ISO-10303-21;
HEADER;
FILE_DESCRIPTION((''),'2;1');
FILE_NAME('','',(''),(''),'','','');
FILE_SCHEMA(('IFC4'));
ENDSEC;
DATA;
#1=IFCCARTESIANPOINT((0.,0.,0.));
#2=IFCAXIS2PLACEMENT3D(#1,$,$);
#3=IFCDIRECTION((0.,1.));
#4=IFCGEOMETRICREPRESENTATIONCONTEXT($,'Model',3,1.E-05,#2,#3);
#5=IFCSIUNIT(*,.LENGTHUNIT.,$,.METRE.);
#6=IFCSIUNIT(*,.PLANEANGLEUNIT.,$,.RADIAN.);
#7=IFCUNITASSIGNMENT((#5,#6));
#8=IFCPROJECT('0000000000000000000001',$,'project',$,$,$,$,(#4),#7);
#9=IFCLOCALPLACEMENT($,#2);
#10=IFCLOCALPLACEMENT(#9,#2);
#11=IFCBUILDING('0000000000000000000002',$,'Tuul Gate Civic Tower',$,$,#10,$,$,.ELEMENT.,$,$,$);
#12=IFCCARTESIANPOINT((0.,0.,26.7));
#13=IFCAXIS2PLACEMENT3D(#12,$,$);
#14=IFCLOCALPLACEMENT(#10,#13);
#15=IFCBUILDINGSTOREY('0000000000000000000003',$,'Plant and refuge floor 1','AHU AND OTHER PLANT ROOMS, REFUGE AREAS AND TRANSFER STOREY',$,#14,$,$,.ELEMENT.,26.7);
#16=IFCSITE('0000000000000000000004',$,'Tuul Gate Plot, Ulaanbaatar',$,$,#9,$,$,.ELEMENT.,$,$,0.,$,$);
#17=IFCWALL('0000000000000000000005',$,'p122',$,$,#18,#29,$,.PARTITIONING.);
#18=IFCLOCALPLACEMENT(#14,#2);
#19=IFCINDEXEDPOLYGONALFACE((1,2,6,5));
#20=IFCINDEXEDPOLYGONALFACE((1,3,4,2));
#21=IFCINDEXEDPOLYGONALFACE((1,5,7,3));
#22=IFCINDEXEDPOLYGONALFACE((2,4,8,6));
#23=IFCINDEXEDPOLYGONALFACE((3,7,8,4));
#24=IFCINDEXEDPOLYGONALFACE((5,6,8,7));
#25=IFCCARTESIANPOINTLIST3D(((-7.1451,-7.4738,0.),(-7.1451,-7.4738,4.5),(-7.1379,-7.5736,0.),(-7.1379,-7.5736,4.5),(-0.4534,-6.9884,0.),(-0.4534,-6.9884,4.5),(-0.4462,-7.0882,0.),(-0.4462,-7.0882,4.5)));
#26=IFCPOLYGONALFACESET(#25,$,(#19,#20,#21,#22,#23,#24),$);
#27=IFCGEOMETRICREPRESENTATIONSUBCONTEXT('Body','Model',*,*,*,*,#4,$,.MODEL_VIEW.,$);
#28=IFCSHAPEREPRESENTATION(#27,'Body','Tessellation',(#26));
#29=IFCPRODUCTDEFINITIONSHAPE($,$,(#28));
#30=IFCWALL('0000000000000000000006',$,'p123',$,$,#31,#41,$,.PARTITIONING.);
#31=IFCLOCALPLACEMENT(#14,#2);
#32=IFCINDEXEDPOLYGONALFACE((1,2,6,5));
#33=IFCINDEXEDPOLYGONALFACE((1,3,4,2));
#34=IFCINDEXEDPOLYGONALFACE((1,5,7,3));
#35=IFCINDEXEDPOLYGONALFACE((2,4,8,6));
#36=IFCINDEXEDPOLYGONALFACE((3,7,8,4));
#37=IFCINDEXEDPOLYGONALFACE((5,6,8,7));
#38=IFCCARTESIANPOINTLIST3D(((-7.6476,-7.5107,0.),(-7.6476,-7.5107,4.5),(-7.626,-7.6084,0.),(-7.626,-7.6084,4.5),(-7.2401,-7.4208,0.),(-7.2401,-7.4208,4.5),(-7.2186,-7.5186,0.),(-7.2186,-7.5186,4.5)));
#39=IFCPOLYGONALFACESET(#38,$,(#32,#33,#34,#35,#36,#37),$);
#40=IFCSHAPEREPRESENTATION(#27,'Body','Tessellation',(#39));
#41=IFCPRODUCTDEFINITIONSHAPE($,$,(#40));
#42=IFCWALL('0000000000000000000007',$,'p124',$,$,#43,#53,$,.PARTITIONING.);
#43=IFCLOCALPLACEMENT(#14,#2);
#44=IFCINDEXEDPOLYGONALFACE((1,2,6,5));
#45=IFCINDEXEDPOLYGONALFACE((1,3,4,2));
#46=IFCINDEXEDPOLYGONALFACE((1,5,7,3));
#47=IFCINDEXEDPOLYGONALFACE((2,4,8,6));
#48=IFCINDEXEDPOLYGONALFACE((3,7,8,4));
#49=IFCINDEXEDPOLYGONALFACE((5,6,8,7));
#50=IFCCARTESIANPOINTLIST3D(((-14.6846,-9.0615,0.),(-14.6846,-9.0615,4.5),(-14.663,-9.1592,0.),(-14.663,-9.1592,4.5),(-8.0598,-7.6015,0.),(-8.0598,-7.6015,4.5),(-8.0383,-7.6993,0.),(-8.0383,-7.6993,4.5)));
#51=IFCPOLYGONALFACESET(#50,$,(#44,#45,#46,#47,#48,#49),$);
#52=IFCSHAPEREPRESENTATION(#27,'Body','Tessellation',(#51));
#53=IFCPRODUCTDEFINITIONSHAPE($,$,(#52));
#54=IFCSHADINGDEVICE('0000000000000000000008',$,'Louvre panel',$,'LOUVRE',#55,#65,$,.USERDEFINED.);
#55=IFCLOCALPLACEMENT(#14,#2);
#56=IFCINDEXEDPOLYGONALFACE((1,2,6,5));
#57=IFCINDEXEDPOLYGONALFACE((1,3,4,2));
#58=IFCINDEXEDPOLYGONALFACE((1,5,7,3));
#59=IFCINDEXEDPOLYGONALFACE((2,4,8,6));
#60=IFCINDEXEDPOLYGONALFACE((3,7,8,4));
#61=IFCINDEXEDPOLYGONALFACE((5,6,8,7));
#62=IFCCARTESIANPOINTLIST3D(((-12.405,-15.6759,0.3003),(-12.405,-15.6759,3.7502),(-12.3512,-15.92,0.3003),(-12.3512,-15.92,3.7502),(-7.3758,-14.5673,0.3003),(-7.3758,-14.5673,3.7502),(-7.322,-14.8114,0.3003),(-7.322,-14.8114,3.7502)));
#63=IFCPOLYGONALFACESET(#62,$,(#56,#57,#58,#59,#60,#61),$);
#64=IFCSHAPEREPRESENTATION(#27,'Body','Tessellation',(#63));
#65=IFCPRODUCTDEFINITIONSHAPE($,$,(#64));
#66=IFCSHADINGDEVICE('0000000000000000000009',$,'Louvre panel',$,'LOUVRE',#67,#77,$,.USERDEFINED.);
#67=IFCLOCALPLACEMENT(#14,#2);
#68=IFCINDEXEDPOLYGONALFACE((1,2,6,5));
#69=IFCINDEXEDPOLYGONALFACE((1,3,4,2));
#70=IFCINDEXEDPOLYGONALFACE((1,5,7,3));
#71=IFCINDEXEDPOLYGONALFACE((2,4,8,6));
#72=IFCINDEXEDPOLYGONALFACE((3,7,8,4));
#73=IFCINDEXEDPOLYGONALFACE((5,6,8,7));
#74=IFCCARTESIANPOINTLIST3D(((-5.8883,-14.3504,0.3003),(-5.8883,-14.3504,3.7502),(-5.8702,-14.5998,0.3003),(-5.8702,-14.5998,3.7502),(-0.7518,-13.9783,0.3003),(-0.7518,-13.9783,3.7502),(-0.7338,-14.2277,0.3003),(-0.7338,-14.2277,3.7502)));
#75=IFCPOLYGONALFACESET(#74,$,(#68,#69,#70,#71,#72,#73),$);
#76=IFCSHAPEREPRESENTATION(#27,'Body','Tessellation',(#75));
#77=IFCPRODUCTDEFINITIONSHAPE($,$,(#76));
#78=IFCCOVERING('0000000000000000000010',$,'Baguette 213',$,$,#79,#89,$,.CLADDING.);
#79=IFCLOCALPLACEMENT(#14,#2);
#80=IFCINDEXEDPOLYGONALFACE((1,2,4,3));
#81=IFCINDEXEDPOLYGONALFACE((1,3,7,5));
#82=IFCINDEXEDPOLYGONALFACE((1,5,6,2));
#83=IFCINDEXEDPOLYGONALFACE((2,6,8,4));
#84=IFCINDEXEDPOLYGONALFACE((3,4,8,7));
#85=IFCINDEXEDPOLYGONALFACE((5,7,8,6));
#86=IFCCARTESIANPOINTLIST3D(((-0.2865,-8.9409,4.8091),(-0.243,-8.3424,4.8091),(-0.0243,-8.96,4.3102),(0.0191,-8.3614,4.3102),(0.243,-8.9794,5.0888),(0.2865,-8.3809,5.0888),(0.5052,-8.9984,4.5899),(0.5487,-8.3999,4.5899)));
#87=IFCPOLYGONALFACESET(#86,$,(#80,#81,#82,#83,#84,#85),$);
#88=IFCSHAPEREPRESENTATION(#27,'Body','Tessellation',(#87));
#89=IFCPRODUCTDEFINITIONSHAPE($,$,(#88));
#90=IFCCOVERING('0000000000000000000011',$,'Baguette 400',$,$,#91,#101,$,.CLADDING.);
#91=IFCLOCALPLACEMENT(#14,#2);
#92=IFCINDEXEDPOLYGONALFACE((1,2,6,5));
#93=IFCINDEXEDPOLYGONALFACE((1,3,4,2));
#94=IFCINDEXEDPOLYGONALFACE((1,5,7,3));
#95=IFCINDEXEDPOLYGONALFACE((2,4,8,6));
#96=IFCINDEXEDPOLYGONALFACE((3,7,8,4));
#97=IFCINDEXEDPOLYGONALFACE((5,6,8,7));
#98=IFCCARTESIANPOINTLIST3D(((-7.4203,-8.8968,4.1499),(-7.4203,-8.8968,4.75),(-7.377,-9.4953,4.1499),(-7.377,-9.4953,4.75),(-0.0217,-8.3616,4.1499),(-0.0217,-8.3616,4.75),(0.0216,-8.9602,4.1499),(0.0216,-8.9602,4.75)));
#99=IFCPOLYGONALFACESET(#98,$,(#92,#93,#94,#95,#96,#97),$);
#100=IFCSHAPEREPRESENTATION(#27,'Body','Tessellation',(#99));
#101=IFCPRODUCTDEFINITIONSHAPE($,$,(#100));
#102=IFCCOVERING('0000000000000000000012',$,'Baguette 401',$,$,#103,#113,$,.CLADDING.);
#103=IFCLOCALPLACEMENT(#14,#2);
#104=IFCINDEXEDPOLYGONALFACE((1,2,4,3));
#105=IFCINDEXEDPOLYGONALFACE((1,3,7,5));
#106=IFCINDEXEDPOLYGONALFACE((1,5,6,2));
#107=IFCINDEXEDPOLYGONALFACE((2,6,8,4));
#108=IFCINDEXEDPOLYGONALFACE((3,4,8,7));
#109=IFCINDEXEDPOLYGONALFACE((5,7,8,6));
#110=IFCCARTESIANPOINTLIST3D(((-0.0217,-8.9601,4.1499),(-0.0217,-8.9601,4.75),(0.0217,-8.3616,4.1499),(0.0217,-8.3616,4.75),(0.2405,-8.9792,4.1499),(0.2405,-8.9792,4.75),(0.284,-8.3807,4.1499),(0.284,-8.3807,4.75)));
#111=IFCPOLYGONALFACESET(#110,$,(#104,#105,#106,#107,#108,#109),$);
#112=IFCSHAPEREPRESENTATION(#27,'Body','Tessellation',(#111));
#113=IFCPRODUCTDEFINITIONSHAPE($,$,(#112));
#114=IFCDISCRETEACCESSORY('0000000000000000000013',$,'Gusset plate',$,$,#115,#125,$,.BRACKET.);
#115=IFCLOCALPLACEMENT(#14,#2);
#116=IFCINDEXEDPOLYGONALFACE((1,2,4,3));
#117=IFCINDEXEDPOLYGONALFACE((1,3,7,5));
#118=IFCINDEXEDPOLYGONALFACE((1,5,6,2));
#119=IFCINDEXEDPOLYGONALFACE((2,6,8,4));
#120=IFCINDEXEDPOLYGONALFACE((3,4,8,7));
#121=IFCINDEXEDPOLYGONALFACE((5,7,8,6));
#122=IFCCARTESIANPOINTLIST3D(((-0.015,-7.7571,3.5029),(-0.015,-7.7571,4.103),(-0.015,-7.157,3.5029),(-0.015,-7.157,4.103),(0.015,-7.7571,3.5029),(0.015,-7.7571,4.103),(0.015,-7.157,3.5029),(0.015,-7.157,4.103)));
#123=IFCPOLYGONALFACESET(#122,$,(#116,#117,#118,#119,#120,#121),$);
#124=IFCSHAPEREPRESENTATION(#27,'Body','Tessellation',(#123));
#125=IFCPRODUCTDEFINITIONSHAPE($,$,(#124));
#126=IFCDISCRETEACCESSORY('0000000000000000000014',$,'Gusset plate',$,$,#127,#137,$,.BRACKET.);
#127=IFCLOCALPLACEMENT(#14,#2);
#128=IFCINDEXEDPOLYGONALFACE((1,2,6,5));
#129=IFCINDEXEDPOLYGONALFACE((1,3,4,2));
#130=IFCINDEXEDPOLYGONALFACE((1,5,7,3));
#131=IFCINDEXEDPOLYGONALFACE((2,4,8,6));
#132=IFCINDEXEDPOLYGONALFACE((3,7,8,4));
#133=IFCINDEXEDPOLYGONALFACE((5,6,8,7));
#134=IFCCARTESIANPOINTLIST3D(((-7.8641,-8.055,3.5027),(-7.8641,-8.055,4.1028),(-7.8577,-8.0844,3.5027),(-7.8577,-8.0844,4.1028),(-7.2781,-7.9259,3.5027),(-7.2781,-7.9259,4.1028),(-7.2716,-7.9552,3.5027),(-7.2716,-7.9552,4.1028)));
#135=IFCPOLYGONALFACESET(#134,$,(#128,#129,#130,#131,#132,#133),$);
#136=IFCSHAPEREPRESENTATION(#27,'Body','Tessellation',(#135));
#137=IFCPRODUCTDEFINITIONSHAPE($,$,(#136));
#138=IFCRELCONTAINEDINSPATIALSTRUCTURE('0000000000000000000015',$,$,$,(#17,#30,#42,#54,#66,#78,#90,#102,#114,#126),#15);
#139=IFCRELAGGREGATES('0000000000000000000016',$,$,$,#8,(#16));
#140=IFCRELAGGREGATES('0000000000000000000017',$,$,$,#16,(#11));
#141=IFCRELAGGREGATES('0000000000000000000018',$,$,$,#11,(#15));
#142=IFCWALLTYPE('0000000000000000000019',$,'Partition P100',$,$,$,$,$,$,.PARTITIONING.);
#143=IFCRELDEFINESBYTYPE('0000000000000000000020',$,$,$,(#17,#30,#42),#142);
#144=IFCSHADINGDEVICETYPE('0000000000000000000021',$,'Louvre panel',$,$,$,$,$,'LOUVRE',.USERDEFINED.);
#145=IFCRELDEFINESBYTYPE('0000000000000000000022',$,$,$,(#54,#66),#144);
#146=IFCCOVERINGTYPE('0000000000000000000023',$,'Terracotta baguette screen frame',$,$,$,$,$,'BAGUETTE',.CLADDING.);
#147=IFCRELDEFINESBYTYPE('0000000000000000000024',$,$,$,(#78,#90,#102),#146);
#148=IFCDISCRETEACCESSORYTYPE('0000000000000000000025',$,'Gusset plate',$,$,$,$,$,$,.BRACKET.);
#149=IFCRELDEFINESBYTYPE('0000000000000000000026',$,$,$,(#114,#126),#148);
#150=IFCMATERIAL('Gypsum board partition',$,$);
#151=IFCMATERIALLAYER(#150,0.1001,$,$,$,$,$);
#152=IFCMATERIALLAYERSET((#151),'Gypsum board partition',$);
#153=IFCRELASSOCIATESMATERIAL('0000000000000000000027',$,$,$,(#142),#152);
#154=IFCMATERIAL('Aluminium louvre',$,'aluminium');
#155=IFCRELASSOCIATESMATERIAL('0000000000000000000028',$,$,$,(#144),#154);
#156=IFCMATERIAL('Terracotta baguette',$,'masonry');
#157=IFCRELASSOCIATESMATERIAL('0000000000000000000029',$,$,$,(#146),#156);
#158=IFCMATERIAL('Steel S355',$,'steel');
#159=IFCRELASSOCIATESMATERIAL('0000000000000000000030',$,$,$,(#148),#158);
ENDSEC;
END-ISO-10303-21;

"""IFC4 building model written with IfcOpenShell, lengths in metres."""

from ifc_helpers import new_model, si_unit, direction, frame, frame_2d, origin, origin_2d, place, context, subcontext, project, spatial, rectangle, extrude, material, layer, layer_set, material_profile, profile_set, type_object, element, save


model = new_model("IFC4")

# Units and contexts
model_context = context("Model", 3, precision=1e-05, world=origin(), true_north=direction((0.0, 1.0)))
body_context = subcontext(model_context, "Body", "Model", "MODEL_VIEW")
ifc_project = project(units=[si_unit("LENGTHUNIT", "METRE"), si_unit("PLANEANGLEUNIT", "RADIAN")], contexts=[model_context])

# Site, building, storey
site_placement = place(None, origin())
site = spatial("IfcSite", under=ifc_project, at=site_placement, Name="Tuul Gate Plot, Ulaanbaatar", CompositionType="ELEMENT", RefElevation=0.0)
building_placement = place(site_placement, origin())
building = spatial("IfcBuilding", under=site, at=building_placement, Name="Tuul Gate Civic Tower", CompositionType="ELEMENT")
storey_placement = place(building_placement, frame((0.0, 0.0, 26.7)))
storey = spatial("IfcBuildingStorey", under=building, at=storey_placement, Name="Plant and refuge floor 1", Description="AHU AND OTHER PLANT ROOMS, REFUGE AREAS AND TRANSFER STOREY", CompositionType="ELEMENT", Elevation=26.7)

# Walls
ifc_material_1 = material(Name="Gypsum board partition")
ifc_layer_1 = layer(ifc_material_1, 0.1001)
ifc_layer_set_1 = layer_set([ifc_layer_1], Name="Gypsum board partition")
wall_type_1 = type_object("IfcWallType", Name="Partition P100", PredefinedType="PARTITIONING", material=ifc_layer_set_1)
wall_1_placement = place(storey_placement, frame((-0.45, -7.0383, 0.0), z_axis=(0.0, 0.0, 1.0), x_axis=(-0.99738, -0.072341, 0.0)))
element("IfcWall", 1, at=wall_1_placement, inside=storey, type_object=wall_type_1, Name="p122", PredefinedType="PARTITIONING", context=body_context, shape_type="SweptSolid", body=[
    extrude(rectangle(XDim=6.7092, YDim=0.1001, at=frame_2d((3.3545, 0.0))), origin(), (0.0, 0.0, 1.0), 4.5),
])
wall_2_placement = place(storey_placement, frame((-7.2295, -7.4697, 0.0), z_axis=(0.0, 0.0, 1.0), x_axis=(-0.976544, -0.215319, 0.0)))
element("IfcWall", 2, at=wall_2_placement, inside=storey, type_object=wall_type_1, Name="p123", PredefinedType="PARTITIONING", context=body_context, shape_type="SweptSolid", body=[
    extrude(rectangle(XDim=0.4172, YDim=0.1001, at=frame_2d((0.2085, 0.0))), origin(), (0.0, 0.0, 1.0), 4.5),
])
wall_3_placement = place(storey_placement, frame((-8.0491, -7.6504, 0.0), z_axis=(0.0, 0.0, 1.0), x_axis=(-0.976567, -0.215215, 0.0)))
element("IfcWall", 3, at=wall_3_placement, inside=storey, type_object=wall_type_1, Name="p124", PredefinedType="PARTITIONING", context=body_context, shape_type="SweptSolid", body=[
    extrude(rectangle(XDim=6.7837, YDim=0.1001, at=frame_2d((3.3918, 0.0))), origin(), (0.0, 0.0, 1.0), 4.5),
])

# Shading devices
ifc_material_2 = material(Name="Aluminium louvre", Category="aluminium")
shading_device_type = type_object("IfcShadingDeviceType", Name="Louvre panel", ElementType="LOUVRE", PredefinedType="USERDEFINED", material=ifc_material_2)
for number, where, z_axis, x_axis, name in (
    (4, (-9.8635, -15.2437, 0.3003), (0.0, 0.0, 1.0), (0.21526, -0.976557, 0.0), "Louvre panel"),
    (5, (-3.311, -14.2891, 0.3003), (0.0, 0.0, 1.0), (0.07225, -0.997387, 0.0), "Louvre panel"),
):
    element("IfcShadingDevice", number, at=place(storey_placement, frame(where, z_axis=z_axis, x_axis=x_axis)), inside=storey, type_object=shading_device_type, Name=name, ObjectType="LOUVRE", PredefinedType="USERDEFINED", context=body_context, shape_type="SweptSolid", body=[
        extrude(rectangle(XDim=0.25, YDim=5.1499, at=origin_2d()), origin(), (0.0, 0.0, 1.0), 3.45),
    ])

# Coverings
ifc_material_3 = material(Name="Terracotta baguette", Category="masonry")
ifc_material_profile_1 = material_profile(ifc_material_3, rectangle(XDim=0.6001, YDim=0.6001, at=origin_2d()), Name="Terracotta baguette screen frame")
ifc_profile_set_1 = profile_set([ifc_material_profile_1], Name="Terracotta baguette")
covering_type = type_object("IfcCoveringType", Name="Terracotta baguette screen frame", ElementType="BAGUETTE", PredefinedType="CLADDING", material=ifc_profile_set_1)
covering_1_placement = place(storey_placement, frame((0.0, -8.6609, 4.949), z_axis=(0.464874, -0.033762, -0.884733), x_axis=(0.072435, 0.997373, 0.0)))
element("IfcCovering", 6, at=covering_1_placement, inside=storey, type_object=covering_type, Name="Baguette 213", PredefinedType="CLADDING", context=body_context, shape_type="SweptSolid", body=[
    extrude(rectangle(XDim=0.6001, YDim=0.6001, at=origin_2d()), origin(), (0.0, 0.0, 1.0), 0.564),
])
covering_2_placement = place(storey_placement, frame((-7.3987, -9.196, 4.45), z_axis=(0.997394, 0.072143, 0.0), x_axis=(-0.072143, 0.997394, 0.0)))
element("IfcCovering", 7, at=covering_2_placement, inside=storey, type_object=covering_type, Name="Baguette 400", PredefinedType="CLADDING", context=body_context, shape_type="SweptSolid", body=[
    extrude(rectangle(XDim=0.6001, YDim=0.6001, at=origin_2d()), origin(), (0.0, 0.0, 1.0), 7.418),
])
covering_3_placement = place(storey_placement, frame((0.0, -8.6609, 4.45), z_axis=(0.997373, -0.072435, 0.0), x_axis=(0.072435, 0.997373, 0.0)))
element("IfcCovering", 8, at=covering_3_placement, inside=storey, type_object=covering_type, Name="Baguette 401", PredefinedType="CLADDING", context=body_context, shape_type="SweptSolid", body=[
    extrude(rectangle(XDim=0.6001, YDim=0.6001, at=origin_2d()), origin(), (0.0, 0.0, 1.0), 0.2629),
])

# Discrete accessories
ifc_material_4 = material(Name="Steel S355", Category="steel")
discrete_accessory_type = type_object("IfcDiscreteAccessoryType", Name="Gusset plate", PredefinedType="BRACKET", material=ifc_material_4)
for number, where, z_axis, x_axis, name in (
    (9, (0.0, -7.457, 3.5029), (0.0, 0.0, 1.0), (0.0, 1.0, 0.0), "Gusset plate"),
    (10, (-7.5679, -8.0051, 3.5027), (0.0, 0.0, 1.0), (-0.976564, -0.215229, 0.0), "Gusset plate"),
):
    element("IfcDiscreteAccessory", number, at=place(storey_placement, frame(where, z_axis=z_axis, x_axis=x_axis)), inside=storey, type_object=discrete_accessory_type, Name=name, PredefinedType="BRACKET", context=body_context, shape_type="SweptSolid", body=[
        extrude(rectangle(XDim=0.6001, YDim=0.03, at=origin_2d()), origin(), (0.0, 0.0, 1.0), 0.6001),
    ])

save(model, "model.ifc")
